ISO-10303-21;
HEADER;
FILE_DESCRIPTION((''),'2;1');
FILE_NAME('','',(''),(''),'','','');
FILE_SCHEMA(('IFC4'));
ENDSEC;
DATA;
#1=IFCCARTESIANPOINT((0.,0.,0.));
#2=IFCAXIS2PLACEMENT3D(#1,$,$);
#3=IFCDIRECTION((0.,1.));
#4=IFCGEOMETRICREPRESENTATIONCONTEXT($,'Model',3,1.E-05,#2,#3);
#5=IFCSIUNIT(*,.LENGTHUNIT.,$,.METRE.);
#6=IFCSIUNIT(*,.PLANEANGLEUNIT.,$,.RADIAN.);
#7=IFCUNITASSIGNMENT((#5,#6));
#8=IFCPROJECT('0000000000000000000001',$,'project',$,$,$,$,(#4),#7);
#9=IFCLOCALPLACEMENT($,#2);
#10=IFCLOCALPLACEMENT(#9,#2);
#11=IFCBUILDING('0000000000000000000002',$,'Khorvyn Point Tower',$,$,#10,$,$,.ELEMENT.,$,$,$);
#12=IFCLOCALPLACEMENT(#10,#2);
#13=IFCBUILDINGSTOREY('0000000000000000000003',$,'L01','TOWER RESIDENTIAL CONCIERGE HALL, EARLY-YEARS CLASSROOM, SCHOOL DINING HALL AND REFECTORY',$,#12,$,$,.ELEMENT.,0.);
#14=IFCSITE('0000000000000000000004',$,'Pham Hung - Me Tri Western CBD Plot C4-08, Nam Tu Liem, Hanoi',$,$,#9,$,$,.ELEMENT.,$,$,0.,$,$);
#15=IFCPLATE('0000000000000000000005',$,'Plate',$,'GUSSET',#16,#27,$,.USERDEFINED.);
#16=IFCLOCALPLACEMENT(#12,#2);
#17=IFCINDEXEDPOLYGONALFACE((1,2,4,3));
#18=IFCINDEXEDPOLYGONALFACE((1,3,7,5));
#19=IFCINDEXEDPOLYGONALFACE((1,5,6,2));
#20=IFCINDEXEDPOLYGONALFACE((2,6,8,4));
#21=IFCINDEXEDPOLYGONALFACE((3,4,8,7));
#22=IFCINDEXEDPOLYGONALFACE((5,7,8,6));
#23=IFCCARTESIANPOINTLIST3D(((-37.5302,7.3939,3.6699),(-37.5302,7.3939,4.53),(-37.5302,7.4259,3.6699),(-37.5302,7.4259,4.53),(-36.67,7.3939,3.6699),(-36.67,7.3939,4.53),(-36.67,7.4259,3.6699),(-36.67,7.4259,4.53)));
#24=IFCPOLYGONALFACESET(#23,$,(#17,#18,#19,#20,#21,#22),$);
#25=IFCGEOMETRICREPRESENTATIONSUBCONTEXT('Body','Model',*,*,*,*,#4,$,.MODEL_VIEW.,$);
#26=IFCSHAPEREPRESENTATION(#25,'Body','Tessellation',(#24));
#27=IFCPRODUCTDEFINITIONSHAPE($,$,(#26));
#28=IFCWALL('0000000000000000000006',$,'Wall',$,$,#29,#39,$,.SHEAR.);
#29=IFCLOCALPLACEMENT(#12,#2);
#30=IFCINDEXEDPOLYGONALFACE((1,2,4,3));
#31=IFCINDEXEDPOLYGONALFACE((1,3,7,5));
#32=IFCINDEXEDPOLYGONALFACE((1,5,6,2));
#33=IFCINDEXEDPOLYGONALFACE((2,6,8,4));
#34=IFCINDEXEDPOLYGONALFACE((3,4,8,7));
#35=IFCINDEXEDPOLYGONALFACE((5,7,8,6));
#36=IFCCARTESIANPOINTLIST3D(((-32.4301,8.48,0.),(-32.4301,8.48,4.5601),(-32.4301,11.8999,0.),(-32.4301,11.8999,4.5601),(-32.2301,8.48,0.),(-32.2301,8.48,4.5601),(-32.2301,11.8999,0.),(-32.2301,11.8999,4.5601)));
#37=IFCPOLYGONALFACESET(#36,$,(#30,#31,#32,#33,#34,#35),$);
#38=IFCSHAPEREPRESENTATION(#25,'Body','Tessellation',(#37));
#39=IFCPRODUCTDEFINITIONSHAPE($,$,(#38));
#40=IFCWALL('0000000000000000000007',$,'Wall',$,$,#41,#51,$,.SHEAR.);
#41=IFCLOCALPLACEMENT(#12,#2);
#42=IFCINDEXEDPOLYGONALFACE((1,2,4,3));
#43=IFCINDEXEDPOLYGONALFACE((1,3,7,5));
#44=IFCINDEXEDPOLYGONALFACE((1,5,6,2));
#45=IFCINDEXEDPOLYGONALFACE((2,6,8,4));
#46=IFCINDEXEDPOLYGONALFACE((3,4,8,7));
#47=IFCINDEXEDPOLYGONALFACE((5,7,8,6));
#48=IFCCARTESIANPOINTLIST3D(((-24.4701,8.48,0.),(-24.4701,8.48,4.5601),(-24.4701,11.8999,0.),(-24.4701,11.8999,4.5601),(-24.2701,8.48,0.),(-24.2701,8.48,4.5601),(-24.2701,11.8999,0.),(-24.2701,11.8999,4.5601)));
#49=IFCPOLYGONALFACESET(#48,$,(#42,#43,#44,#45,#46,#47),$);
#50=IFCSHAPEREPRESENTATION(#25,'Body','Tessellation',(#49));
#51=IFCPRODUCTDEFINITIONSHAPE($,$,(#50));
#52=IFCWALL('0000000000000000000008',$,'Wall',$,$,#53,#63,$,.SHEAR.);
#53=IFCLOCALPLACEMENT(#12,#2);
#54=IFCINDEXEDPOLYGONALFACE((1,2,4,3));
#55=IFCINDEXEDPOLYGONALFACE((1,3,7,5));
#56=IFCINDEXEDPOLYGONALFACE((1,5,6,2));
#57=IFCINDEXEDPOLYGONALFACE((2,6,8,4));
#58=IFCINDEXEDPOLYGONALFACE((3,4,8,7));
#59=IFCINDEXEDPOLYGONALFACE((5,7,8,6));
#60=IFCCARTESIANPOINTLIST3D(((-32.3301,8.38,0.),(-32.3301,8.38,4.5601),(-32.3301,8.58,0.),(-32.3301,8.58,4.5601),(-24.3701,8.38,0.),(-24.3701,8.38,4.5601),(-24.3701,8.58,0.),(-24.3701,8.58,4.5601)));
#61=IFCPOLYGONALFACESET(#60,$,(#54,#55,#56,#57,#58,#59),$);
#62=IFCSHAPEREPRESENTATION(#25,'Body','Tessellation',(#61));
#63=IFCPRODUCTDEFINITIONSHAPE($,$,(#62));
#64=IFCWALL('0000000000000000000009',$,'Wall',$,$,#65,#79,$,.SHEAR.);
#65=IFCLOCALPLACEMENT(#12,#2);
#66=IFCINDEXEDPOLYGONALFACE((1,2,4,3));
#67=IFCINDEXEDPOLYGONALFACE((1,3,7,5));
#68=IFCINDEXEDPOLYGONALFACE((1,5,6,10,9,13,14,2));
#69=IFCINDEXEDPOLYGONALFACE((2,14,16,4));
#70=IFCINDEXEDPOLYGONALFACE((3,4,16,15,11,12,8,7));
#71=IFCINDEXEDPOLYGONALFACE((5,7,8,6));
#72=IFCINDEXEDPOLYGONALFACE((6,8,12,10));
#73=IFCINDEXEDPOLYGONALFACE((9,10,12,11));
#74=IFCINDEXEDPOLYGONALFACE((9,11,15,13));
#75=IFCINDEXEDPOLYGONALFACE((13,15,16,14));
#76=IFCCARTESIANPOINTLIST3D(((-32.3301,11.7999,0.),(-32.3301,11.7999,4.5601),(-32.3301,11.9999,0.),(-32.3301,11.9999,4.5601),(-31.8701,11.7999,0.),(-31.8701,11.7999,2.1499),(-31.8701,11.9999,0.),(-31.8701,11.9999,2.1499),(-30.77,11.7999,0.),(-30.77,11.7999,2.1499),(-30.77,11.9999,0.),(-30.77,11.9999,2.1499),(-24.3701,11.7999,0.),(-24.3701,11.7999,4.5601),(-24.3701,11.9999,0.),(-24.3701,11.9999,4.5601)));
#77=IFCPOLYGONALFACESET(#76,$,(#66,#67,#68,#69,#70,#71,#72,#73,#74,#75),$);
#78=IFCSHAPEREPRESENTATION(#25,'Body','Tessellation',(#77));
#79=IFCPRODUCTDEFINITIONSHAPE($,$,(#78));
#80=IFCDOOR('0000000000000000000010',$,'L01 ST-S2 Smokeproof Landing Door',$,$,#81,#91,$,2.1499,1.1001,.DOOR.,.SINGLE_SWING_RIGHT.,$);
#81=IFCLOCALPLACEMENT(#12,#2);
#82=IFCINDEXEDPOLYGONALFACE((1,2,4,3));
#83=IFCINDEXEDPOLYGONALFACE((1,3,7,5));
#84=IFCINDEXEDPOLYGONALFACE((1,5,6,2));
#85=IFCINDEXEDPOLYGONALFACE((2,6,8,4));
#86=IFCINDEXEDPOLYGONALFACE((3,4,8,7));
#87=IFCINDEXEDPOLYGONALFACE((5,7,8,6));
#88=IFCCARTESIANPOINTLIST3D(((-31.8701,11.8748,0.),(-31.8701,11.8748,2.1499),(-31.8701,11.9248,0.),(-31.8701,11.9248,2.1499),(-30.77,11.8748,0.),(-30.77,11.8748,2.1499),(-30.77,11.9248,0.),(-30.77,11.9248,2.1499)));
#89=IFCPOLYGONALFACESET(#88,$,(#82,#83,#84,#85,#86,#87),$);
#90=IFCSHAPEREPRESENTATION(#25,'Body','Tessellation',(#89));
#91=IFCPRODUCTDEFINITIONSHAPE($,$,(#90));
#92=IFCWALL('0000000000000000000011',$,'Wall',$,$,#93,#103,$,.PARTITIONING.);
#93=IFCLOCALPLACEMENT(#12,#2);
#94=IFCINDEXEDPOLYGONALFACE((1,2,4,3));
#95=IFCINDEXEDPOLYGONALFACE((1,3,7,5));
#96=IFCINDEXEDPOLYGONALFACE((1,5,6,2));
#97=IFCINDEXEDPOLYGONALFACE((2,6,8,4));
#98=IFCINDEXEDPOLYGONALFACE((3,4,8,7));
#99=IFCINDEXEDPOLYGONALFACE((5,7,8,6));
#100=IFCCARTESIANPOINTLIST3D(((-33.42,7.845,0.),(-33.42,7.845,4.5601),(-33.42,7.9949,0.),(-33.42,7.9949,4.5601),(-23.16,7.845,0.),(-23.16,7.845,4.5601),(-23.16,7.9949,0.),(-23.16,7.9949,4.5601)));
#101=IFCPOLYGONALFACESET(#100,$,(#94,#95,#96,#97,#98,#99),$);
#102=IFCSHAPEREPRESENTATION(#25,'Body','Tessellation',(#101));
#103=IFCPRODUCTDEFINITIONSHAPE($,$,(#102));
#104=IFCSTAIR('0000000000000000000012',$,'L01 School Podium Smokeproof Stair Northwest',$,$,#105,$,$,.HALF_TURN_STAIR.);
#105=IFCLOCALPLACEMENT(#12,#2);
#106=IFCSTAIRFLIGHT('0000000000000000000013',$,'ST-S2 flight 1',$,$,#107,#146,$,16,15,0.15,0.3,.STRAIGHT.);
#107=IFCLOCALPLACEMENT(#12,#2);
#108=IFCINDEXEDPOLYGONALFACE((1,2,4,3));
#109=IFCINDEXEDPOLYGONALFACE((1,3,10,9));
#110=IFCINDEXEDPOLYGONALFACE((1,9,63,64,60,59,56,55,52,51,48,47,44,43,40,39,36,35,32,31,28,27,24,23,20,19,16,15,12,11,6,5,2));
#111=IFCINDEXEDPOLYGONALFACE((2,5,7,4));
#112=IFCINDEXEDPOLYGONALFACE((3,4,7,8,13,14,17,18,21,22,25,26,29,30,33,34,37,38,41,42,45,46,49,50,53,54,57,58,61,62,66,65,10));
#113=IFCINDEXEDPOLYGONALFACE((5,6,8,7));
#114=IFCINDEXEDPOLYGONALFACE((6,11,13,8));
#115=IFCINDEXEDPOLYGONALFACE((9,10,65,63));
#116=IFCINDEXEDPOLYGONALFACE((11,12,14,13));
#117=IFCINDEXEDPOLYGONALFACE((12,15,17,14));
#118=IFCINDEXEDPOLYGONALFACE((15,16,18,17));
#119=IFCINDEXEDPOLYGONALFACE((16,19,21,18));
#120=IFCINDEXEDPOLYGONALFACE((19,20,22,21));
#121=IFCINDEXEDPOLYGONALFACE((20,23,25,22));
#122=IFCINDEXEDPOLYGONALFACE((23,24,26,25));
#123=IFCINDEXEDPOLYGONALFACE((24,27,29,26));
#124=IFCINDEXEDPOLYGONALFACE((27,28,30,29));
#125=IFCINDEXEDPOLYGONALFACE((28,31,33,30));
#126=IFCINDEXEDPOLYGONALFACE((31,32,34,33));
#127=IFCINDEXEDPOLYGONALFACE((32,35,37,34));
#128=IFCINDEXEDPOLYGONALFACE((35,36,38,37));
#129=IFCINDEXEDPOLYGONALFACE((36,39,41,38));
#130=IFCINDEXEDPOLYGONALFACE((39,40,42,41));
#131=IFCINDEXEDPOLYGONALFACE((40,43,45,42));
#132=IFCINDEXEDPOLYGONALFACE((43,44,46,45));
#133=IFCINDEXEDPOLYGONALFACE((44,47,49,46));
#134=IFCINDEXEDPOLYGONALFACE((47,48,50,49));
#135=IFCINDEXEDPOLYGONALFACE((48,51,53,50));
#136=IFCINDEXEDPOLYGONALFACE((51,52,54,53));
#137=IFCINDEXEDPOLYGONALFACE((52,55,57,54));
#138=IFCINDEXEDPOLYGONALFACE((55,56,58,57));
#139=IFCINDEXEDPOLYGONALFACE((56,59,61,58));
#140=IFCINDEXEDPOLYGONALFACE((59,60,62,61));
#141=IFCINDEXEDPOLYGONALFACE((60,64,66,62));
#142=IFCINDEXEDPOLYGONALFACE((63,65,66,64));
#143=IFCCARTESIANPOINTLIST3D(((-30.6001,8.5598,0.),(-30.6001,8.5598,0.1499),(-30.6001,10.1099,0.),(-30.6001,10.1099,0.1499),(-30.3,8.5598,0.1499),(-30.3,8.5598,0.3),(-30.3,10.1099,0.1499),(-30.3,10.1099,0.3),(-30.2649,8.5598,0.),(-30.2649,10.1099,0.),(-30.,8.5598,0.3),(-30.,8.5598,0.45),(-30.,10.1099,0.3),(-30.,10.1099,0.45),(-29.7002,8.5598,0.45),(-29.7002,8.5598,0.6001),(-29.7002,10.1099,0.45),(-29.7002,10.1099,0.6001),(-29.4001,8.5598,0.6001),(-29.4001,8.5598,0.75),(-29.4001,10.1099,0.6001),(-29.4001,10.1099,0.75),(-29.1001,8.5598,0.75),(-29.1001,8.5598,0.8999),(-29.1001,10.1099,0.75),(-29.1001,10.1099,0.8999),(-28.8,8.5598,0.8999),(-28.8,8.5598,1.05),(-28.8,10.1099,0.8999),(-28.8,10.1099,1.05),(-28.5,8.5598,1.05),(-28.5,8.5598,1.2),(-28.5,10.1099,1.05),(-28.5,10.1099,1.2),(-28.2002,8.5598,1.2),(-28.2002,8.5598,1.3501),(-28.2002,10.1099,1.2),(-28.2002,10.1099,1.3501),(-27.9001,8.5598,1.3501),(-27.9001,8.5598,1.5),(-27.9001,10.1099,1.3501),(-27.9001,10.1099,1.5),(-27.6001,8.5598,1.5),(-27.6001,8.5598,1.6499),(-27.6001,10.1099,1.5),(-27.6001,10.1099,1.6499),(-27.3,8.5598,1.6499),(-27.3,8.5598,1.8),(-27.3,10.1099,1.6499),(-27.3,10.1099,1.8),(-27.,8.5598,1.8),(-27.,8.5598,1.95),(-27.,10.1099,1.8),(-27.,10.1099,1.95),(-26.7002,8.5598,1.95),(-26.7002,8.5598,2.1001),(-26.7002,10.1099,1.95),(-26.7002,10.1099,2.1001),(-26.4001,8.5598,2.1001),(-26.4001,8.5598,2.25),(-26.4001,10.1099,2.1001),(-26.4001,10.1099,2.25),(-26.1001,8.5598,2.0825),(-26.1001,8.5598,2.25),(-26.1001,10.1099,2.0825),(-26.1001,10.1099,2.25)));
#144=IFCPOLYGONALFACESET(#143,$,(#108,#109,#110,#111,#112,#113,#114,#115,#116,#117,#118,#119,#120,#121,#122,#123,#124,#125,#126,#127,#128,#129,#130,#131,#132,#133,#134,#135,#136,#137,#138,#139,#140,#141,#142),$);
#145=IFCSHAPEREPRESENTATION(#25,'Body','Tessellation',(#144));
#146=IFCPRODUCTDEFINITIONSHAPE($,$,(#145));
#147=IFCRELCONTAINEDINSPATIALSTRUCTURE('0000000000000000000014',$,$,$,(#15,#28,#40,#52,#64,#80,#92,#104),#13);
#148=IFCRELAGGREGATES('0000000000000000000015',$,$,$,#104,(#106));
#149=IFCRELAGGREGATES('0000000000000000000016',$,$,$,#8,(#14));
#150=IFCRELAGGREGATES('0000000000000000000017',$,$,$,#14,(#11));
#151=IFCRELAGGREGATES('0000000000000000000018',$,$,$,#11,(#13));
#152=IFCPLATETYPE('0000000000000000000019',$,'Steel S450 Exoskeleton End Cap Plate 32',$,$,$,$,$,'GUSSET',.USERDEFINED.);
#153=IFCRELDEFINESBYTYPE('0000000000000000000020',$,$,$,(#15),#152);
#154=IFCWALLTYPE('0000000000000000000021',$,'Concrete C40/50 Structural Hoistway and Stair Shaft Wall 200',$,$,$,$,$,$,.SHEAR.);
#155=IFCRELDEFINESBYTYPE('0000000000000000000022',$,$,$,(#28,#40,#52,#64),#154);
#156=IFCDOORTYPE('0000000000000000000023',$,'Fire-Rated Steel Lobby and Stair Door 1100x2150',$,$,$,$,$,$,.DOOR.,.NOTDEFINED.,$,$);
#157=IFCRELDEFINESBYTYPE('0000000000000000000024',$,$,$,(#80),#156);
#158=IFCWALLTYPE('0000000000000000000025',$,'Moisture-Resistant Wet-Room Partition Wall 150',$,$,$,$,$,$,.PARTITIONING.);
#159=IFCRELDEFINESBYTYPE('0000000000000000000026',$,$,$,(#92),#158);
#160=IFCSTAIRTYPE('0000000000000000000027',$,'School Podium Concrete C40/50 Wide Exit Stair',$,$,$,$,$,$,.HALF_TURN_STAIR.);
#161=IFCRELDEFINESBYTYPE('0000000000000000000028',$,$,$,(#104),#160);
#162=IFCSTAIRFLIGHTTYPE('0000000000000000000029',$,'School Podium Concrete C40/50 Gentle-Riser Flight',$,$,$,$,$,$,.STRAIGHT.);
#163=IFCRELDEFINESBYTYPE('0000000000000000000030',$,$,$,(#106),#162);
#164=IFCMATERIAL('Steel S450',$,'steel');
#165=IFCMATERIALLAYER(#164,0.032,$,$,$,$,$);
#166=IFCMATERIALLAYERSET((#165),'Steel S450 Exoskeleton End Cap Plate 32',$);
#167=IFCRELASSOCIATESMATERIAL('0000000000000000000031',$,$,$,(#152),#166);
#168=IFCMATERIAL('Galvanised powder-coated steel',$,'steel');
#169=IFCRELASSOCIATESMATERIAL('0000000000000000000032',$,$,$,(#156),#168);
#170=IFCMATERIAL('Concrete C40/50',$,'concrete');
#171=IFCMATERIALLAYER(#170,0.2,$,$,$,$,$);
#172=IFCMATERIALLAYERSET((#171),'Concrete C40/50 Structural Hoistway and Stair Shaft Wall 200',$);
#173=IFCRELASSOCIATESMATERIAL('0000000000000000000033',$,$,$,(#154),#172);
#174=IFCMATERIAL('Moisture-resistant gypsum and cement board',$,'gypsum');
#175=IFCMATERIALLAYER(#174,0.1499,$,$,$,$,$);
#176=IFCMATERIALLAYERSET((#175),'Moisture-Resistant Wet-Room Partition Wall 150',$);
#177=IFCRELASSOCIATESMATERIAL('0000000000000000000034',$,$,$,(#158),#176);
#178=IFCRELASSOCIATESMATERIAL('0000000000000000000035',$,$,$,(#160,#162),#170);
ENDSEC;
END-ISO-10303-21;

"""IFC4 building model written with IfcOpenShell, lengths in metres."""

from ifc_helpers import new_model, si_unit, direction, frame, frame_2d, origin, origin_2d, place, context, subcontext, project, spatial, polyline, rectangle, outline, extrude, material, layer, layer_set, type_object, element, fill, aggregate, save


model = new_model("IFC4")

# Units and contexts
model_context = context("Model", 3, precision=1e-05, world=origin(), true_north=direction((0.0, 1.0)))
body_context = subcontext(model_context, "Body", "Model", "MODEL_VIEW")
ifc_project = project(units=[si_unit("LENGTHUNIT", "METRE"), si_unit("PLANEANGLEUNIT", "RADIAN")], contexts=[model_context])

# Site, building, storey
site_placement = place(None, origin())
site = spatial("IfcSite", under=ifc_project, at=site_placement, Name="Pham Hung - Me Tri Western CBD Plot C4-08, Nam Tu Liem, Hanoi", CompositionType="ELEMENT", RefElevation=0.0)
building_placement = place(site_placement, origin())
building = spatial("IfcBuilding", under=site, at=building_placement, Name="Khorvyn Point Tower", CompositionType="ELEMENT")
storey_placement = place(building_placement, origin())
storey = spatial("IfcBuildingStorey", under=building, at=storey_placement, Name="L01", Description="TOWER RESIDENTIAL CONCIERGE HALL, EARLY-YEARS CLASSROOM, SCHOOL DINING HALL AND REFECTORY", CompositionType="ELEMENT", Elevation=0.0)

# Plate
ifc_material_1 = material(Name="Steel S450", Category="steel")
ifc_layer_1 = layer(ifc_material_1, 0.032)
ifc_layer_set_1 = layer_set([ifc_layer_1], Name="Steel S450 Exoskeleton End Cap Plate 32")
plate_type = type_object("IfcPlateType", Name="Steel S450 Exoskeleton End Cap Plate 32", ElementType="GUSSET", PredefinedType="USERDEFINED", material=ifc_layer_set_1)
plate_placement = place(storey_placement, frame((-37.1001, 7.4099, 3.6699), z_axis=(0.0, 0.0, 1.0), x_axis=(1.0, 0.0, 0.0)))
element("IfcPlate", 1, at=plate_placement, inside=storey, type_object=plate_type, Name="Plate", ObjectType="GUSSET", PredefinedType="USERDEFINED", context=body_context, shape_type="SweptSolid", body=[
    extrude(rectangle(XDim=0.8601, YDim=0.032, at=origin_2d()), origin(), (0.0, 0.0, 1.0), 0.8601),
])

# Shared definitions
ifc_material_2 = material(Name="Concrete C40/50", Category="concrete")
ifc_material_3 = material(Name="Galvanised powder-coated steel", Category="steel")
door_type = type_object("IfcDoorType", Name="Fire-Rated Steel Lobby and Stair Door 1100x2150", OperationType="NOTDEFINED", PredefinedType="DOOR", material=ifc_material_3)

# Walls
ifc_layer_2 = layer(ifc_material_2, 0.2)
ifc_layer_set_2 = layer_set([ifc_layer_2], Name="Concrete C40/50 Structural Hoistway and Stair Shaft Wall 200")
wall_type_1 = type_object("IfcWallType", Name="Concrete C40/50 Structural Hoistway and Stair Shaft Wall 200", PredefinedType="SHEAR", material=ifc_layer_set_2)
for number, where, z_axis, x_axis, name in (
    (2, (-32.3301, 8.48, 0.0), (0.0, 0.0, 1.0), (0.0, 1.0, 0.0), "Wall"),
    (3, (-24.3701, 11.8999, 0.0), (0.0, 0.0, 1.0), (0.0, -1.0, 0.0), "Wall"),
):
    element("IfcWall", number, at=place(storey_placement, frame(where, z_axis=z_axis, x_axis=x_axis)), inside=storey, type_object=wall_type_1, Name=name, PredefinedType="SHEAR", context=body_context, shape_type="SweptSolid", body=[
        extrude(rectangle(XDim=3.4199, YDim=0.2, at=frame_2d((1.71, 0.0))), origin(), (0.0, 0.0, 1.0), 4.5601),
    ])
wall_1_placement = place(storey_placement, frame((-24.3701, 8.48, 0.0), z_axis=(0.0, 0.0, 1.0), x_axis=(-1.0, 0.0, 0.0)))
element("IfcWall", 4, at=wall_1_placement, inside=storey, type_object=wall_type_1, Name="Wall", PredefinedType="SHEAR", context=body_context, shape_type="SweptSolid", body=[
    extrude(rectangle(XDim=7.96, YDim=0.2, at=frame_2d((3.98, 0.0))), origin(), (0.0, 0.0, 1.0), 4.5601),
])

# Wall, opening, door
wall_2_placement = place(storey_placement, frame((-32.3301, 11.8999, 0.0), z_axis=(0.0, 0.0, 1.0), x_axis=(1.0, 0.0, 0.0)))
wall_2 = element("IfcWall", 5, at=wall_2_placement, inside=storey, type_object=wall_type_1, Name="Wall", PredefinedType="SHEAR", context=body_context, shape_type="SweptSolid", body=[
    extrude(rectangle(XDim=7.96, YDim=0.2, at=frame_2d((3.98, 0.0))), origin(), (0.0, 0.0, 1.0), 4.5601),
])
opening_1_placement = place(wall_2_placement, frame((0.46, 0.0, 0.0)))
opening_1 = element("IfcOpeningElement", 6, at=opening_1_placement, cuts=wall_2, PredefinedType="OPENING", context=body_context, shape_type="SweptSolid", body=[
    extrude(rectangle(XDim=1.1001, YDim=2.1499, at=frame_2d((0.55, 1.075))), frame((0.0, 0.1099, 0.0), z_axis=(0.0, -1.0, 0.0), x_axis=(1.0, 0.0, 0.0)), (0.0, 0.0, 1.0), 0.22),
])
door_1_placement = place(opening_1_placement, origin())
door_1 = element("IfcDoor", 7, at=door_1_placement, inside=storey, type_object=door_type, Name="L01 ST-S2 Smokeproof Landing Door", OperationType="SINGLE_SWING_RIGHT", OverallHeight=2.1499, OverallWidth=1.1001, PredefinedType="DOOR", context=body_context, shape_type="SweptSolid", body=[
    extrude(rectangle(XDim=1.1001, YDim=2.1499, at=frame_2d((0.55, 1.075))), frame((0.0, 0.0249, 0.0), z_axis=(0.0, -1.0, 0.0), x_axis=(1.0, 0.0, 0.0)), (0.0, 0.0, 1.0), 0.05),
])
fill(opening_1, door_1)

# Wall
ifc_material_4 = material(Name="Moisture-resistant gypsum and cement board", Category="gypsum")
ifc_layer_3 = layer(ifc_material_4, 0.1499)
ifc_layer_set_3 = layer_set([ifc_layer_3], Name="Moisture-Resistant Wet-Room Partition Wall 150")
wall_type_2 = type_object("IfcWallType", Name="Moisture-Resistant Wet-Room Partition Wall 150", PredefinedType="PARTITIONING", material=ifc_layer_set_3)
wall_3_placement = place(storey_placement, frame((-33.4199, 7.9199, 0.0), z_axis=(0.0, 0.0, 1.0), x_axis=(1.0, 0.0, 0.0)))
element("IfcWall", 8, at=wall_3_placement, inside=storey, type_object=wall_type_2, Name="Wall", PredefinedType="PARTITIONING", context=body_context, shape_type="SweptSolid", body=[
    extrude(rectangle(XDim=10.26, YDim=0.1499, at=frame_2d((5.1299, 0.0))), origin(), (0.0, 0.0, 1.0), 4.5601),
])

# Stair, stair flight
stair_type = type_object("IfcStairType", Name="School Podium Concrete C40/50 Wide Exit Stair", PredefinedType="HALF_TURN_STAIR", material=ifc_material_2)
stair_placement = place(storey_placement, origin())
stair = element("IfcStair", 9, at=stair_placement, inside=storey, type_object=stair_type, Name="L01 School Podium Smokeproof Stair Northwest", PredefinedType="HALF_TURN_STAIR")
stair_flight_type = type_object("IfcStairFlightType", Name="School Podium Concrete C40/50 Gentle-Riser Flight", PredefinedType="STRAIGHT", material=ifc_material_2)
stair_flight_1_placement = place(storey_placement, frame((-30.6001, 9.335, 0.0), z_axis=(0.0, 0.0, 1.0), x_axis=(1.0, 0.0, 0.0)))
stair_flight_1 = element("IfcStairFlight", 10, at=stair_flight_1_placement, type_object=stair_flight_type, Name="ST-S2 flight 1", NumberOfRisers=16, NumberOfTreads=15, PredefinedType="STRAIGHT", RiserHeight=0.15, TreadLength=0.3, context=body_context, shape_type="SweptSolid", body=[
    extrude(outline(polyline([(0.0, 0.0), (0.0, 0.1499), (0.3, 0.1499), (0.3, 0.3), (0.6001, 0.3), (0.6001, 0.45), (0.8999, 0.45), (0.8999, 0.6001), (1.2, 0.6001), (1.2, 0.75), (1.5, 0.75), (1.5, 0.8999), (1.8, 0.8999), (1.8, 1.05), (2.1001, 1.05), (2.1001, 1.2), (2.3999, 1.2), (2.3999, 1.3501), (2.7, 1.3501), (2.7, 1.5), (3.0, 1.5), (3.0, 1.6499), (3.3, 1.6499), (3.3, 1.8), (3.6001, 1.8), (3.6001, 1.95), (3.8999, 1.95), (3.8999, 2.1001), (4.2, 2.1001), (4.2, 2.25), (4.5, 2.25), (4.5, 2.3999), (4.5, 2.0825), (0.3352, 0.0), (0.0, 0.0)])), frame((0.0, 0.7749, 0.0), z_axis=(0.0, -1.0, 0.0), x_axis=(1.0, 0.0, 0.0)), (0.0, 0.0, 1.0), 1.55),
])
aggregate(stair, [stair_flight_1])

save(model, "model.ifc")
